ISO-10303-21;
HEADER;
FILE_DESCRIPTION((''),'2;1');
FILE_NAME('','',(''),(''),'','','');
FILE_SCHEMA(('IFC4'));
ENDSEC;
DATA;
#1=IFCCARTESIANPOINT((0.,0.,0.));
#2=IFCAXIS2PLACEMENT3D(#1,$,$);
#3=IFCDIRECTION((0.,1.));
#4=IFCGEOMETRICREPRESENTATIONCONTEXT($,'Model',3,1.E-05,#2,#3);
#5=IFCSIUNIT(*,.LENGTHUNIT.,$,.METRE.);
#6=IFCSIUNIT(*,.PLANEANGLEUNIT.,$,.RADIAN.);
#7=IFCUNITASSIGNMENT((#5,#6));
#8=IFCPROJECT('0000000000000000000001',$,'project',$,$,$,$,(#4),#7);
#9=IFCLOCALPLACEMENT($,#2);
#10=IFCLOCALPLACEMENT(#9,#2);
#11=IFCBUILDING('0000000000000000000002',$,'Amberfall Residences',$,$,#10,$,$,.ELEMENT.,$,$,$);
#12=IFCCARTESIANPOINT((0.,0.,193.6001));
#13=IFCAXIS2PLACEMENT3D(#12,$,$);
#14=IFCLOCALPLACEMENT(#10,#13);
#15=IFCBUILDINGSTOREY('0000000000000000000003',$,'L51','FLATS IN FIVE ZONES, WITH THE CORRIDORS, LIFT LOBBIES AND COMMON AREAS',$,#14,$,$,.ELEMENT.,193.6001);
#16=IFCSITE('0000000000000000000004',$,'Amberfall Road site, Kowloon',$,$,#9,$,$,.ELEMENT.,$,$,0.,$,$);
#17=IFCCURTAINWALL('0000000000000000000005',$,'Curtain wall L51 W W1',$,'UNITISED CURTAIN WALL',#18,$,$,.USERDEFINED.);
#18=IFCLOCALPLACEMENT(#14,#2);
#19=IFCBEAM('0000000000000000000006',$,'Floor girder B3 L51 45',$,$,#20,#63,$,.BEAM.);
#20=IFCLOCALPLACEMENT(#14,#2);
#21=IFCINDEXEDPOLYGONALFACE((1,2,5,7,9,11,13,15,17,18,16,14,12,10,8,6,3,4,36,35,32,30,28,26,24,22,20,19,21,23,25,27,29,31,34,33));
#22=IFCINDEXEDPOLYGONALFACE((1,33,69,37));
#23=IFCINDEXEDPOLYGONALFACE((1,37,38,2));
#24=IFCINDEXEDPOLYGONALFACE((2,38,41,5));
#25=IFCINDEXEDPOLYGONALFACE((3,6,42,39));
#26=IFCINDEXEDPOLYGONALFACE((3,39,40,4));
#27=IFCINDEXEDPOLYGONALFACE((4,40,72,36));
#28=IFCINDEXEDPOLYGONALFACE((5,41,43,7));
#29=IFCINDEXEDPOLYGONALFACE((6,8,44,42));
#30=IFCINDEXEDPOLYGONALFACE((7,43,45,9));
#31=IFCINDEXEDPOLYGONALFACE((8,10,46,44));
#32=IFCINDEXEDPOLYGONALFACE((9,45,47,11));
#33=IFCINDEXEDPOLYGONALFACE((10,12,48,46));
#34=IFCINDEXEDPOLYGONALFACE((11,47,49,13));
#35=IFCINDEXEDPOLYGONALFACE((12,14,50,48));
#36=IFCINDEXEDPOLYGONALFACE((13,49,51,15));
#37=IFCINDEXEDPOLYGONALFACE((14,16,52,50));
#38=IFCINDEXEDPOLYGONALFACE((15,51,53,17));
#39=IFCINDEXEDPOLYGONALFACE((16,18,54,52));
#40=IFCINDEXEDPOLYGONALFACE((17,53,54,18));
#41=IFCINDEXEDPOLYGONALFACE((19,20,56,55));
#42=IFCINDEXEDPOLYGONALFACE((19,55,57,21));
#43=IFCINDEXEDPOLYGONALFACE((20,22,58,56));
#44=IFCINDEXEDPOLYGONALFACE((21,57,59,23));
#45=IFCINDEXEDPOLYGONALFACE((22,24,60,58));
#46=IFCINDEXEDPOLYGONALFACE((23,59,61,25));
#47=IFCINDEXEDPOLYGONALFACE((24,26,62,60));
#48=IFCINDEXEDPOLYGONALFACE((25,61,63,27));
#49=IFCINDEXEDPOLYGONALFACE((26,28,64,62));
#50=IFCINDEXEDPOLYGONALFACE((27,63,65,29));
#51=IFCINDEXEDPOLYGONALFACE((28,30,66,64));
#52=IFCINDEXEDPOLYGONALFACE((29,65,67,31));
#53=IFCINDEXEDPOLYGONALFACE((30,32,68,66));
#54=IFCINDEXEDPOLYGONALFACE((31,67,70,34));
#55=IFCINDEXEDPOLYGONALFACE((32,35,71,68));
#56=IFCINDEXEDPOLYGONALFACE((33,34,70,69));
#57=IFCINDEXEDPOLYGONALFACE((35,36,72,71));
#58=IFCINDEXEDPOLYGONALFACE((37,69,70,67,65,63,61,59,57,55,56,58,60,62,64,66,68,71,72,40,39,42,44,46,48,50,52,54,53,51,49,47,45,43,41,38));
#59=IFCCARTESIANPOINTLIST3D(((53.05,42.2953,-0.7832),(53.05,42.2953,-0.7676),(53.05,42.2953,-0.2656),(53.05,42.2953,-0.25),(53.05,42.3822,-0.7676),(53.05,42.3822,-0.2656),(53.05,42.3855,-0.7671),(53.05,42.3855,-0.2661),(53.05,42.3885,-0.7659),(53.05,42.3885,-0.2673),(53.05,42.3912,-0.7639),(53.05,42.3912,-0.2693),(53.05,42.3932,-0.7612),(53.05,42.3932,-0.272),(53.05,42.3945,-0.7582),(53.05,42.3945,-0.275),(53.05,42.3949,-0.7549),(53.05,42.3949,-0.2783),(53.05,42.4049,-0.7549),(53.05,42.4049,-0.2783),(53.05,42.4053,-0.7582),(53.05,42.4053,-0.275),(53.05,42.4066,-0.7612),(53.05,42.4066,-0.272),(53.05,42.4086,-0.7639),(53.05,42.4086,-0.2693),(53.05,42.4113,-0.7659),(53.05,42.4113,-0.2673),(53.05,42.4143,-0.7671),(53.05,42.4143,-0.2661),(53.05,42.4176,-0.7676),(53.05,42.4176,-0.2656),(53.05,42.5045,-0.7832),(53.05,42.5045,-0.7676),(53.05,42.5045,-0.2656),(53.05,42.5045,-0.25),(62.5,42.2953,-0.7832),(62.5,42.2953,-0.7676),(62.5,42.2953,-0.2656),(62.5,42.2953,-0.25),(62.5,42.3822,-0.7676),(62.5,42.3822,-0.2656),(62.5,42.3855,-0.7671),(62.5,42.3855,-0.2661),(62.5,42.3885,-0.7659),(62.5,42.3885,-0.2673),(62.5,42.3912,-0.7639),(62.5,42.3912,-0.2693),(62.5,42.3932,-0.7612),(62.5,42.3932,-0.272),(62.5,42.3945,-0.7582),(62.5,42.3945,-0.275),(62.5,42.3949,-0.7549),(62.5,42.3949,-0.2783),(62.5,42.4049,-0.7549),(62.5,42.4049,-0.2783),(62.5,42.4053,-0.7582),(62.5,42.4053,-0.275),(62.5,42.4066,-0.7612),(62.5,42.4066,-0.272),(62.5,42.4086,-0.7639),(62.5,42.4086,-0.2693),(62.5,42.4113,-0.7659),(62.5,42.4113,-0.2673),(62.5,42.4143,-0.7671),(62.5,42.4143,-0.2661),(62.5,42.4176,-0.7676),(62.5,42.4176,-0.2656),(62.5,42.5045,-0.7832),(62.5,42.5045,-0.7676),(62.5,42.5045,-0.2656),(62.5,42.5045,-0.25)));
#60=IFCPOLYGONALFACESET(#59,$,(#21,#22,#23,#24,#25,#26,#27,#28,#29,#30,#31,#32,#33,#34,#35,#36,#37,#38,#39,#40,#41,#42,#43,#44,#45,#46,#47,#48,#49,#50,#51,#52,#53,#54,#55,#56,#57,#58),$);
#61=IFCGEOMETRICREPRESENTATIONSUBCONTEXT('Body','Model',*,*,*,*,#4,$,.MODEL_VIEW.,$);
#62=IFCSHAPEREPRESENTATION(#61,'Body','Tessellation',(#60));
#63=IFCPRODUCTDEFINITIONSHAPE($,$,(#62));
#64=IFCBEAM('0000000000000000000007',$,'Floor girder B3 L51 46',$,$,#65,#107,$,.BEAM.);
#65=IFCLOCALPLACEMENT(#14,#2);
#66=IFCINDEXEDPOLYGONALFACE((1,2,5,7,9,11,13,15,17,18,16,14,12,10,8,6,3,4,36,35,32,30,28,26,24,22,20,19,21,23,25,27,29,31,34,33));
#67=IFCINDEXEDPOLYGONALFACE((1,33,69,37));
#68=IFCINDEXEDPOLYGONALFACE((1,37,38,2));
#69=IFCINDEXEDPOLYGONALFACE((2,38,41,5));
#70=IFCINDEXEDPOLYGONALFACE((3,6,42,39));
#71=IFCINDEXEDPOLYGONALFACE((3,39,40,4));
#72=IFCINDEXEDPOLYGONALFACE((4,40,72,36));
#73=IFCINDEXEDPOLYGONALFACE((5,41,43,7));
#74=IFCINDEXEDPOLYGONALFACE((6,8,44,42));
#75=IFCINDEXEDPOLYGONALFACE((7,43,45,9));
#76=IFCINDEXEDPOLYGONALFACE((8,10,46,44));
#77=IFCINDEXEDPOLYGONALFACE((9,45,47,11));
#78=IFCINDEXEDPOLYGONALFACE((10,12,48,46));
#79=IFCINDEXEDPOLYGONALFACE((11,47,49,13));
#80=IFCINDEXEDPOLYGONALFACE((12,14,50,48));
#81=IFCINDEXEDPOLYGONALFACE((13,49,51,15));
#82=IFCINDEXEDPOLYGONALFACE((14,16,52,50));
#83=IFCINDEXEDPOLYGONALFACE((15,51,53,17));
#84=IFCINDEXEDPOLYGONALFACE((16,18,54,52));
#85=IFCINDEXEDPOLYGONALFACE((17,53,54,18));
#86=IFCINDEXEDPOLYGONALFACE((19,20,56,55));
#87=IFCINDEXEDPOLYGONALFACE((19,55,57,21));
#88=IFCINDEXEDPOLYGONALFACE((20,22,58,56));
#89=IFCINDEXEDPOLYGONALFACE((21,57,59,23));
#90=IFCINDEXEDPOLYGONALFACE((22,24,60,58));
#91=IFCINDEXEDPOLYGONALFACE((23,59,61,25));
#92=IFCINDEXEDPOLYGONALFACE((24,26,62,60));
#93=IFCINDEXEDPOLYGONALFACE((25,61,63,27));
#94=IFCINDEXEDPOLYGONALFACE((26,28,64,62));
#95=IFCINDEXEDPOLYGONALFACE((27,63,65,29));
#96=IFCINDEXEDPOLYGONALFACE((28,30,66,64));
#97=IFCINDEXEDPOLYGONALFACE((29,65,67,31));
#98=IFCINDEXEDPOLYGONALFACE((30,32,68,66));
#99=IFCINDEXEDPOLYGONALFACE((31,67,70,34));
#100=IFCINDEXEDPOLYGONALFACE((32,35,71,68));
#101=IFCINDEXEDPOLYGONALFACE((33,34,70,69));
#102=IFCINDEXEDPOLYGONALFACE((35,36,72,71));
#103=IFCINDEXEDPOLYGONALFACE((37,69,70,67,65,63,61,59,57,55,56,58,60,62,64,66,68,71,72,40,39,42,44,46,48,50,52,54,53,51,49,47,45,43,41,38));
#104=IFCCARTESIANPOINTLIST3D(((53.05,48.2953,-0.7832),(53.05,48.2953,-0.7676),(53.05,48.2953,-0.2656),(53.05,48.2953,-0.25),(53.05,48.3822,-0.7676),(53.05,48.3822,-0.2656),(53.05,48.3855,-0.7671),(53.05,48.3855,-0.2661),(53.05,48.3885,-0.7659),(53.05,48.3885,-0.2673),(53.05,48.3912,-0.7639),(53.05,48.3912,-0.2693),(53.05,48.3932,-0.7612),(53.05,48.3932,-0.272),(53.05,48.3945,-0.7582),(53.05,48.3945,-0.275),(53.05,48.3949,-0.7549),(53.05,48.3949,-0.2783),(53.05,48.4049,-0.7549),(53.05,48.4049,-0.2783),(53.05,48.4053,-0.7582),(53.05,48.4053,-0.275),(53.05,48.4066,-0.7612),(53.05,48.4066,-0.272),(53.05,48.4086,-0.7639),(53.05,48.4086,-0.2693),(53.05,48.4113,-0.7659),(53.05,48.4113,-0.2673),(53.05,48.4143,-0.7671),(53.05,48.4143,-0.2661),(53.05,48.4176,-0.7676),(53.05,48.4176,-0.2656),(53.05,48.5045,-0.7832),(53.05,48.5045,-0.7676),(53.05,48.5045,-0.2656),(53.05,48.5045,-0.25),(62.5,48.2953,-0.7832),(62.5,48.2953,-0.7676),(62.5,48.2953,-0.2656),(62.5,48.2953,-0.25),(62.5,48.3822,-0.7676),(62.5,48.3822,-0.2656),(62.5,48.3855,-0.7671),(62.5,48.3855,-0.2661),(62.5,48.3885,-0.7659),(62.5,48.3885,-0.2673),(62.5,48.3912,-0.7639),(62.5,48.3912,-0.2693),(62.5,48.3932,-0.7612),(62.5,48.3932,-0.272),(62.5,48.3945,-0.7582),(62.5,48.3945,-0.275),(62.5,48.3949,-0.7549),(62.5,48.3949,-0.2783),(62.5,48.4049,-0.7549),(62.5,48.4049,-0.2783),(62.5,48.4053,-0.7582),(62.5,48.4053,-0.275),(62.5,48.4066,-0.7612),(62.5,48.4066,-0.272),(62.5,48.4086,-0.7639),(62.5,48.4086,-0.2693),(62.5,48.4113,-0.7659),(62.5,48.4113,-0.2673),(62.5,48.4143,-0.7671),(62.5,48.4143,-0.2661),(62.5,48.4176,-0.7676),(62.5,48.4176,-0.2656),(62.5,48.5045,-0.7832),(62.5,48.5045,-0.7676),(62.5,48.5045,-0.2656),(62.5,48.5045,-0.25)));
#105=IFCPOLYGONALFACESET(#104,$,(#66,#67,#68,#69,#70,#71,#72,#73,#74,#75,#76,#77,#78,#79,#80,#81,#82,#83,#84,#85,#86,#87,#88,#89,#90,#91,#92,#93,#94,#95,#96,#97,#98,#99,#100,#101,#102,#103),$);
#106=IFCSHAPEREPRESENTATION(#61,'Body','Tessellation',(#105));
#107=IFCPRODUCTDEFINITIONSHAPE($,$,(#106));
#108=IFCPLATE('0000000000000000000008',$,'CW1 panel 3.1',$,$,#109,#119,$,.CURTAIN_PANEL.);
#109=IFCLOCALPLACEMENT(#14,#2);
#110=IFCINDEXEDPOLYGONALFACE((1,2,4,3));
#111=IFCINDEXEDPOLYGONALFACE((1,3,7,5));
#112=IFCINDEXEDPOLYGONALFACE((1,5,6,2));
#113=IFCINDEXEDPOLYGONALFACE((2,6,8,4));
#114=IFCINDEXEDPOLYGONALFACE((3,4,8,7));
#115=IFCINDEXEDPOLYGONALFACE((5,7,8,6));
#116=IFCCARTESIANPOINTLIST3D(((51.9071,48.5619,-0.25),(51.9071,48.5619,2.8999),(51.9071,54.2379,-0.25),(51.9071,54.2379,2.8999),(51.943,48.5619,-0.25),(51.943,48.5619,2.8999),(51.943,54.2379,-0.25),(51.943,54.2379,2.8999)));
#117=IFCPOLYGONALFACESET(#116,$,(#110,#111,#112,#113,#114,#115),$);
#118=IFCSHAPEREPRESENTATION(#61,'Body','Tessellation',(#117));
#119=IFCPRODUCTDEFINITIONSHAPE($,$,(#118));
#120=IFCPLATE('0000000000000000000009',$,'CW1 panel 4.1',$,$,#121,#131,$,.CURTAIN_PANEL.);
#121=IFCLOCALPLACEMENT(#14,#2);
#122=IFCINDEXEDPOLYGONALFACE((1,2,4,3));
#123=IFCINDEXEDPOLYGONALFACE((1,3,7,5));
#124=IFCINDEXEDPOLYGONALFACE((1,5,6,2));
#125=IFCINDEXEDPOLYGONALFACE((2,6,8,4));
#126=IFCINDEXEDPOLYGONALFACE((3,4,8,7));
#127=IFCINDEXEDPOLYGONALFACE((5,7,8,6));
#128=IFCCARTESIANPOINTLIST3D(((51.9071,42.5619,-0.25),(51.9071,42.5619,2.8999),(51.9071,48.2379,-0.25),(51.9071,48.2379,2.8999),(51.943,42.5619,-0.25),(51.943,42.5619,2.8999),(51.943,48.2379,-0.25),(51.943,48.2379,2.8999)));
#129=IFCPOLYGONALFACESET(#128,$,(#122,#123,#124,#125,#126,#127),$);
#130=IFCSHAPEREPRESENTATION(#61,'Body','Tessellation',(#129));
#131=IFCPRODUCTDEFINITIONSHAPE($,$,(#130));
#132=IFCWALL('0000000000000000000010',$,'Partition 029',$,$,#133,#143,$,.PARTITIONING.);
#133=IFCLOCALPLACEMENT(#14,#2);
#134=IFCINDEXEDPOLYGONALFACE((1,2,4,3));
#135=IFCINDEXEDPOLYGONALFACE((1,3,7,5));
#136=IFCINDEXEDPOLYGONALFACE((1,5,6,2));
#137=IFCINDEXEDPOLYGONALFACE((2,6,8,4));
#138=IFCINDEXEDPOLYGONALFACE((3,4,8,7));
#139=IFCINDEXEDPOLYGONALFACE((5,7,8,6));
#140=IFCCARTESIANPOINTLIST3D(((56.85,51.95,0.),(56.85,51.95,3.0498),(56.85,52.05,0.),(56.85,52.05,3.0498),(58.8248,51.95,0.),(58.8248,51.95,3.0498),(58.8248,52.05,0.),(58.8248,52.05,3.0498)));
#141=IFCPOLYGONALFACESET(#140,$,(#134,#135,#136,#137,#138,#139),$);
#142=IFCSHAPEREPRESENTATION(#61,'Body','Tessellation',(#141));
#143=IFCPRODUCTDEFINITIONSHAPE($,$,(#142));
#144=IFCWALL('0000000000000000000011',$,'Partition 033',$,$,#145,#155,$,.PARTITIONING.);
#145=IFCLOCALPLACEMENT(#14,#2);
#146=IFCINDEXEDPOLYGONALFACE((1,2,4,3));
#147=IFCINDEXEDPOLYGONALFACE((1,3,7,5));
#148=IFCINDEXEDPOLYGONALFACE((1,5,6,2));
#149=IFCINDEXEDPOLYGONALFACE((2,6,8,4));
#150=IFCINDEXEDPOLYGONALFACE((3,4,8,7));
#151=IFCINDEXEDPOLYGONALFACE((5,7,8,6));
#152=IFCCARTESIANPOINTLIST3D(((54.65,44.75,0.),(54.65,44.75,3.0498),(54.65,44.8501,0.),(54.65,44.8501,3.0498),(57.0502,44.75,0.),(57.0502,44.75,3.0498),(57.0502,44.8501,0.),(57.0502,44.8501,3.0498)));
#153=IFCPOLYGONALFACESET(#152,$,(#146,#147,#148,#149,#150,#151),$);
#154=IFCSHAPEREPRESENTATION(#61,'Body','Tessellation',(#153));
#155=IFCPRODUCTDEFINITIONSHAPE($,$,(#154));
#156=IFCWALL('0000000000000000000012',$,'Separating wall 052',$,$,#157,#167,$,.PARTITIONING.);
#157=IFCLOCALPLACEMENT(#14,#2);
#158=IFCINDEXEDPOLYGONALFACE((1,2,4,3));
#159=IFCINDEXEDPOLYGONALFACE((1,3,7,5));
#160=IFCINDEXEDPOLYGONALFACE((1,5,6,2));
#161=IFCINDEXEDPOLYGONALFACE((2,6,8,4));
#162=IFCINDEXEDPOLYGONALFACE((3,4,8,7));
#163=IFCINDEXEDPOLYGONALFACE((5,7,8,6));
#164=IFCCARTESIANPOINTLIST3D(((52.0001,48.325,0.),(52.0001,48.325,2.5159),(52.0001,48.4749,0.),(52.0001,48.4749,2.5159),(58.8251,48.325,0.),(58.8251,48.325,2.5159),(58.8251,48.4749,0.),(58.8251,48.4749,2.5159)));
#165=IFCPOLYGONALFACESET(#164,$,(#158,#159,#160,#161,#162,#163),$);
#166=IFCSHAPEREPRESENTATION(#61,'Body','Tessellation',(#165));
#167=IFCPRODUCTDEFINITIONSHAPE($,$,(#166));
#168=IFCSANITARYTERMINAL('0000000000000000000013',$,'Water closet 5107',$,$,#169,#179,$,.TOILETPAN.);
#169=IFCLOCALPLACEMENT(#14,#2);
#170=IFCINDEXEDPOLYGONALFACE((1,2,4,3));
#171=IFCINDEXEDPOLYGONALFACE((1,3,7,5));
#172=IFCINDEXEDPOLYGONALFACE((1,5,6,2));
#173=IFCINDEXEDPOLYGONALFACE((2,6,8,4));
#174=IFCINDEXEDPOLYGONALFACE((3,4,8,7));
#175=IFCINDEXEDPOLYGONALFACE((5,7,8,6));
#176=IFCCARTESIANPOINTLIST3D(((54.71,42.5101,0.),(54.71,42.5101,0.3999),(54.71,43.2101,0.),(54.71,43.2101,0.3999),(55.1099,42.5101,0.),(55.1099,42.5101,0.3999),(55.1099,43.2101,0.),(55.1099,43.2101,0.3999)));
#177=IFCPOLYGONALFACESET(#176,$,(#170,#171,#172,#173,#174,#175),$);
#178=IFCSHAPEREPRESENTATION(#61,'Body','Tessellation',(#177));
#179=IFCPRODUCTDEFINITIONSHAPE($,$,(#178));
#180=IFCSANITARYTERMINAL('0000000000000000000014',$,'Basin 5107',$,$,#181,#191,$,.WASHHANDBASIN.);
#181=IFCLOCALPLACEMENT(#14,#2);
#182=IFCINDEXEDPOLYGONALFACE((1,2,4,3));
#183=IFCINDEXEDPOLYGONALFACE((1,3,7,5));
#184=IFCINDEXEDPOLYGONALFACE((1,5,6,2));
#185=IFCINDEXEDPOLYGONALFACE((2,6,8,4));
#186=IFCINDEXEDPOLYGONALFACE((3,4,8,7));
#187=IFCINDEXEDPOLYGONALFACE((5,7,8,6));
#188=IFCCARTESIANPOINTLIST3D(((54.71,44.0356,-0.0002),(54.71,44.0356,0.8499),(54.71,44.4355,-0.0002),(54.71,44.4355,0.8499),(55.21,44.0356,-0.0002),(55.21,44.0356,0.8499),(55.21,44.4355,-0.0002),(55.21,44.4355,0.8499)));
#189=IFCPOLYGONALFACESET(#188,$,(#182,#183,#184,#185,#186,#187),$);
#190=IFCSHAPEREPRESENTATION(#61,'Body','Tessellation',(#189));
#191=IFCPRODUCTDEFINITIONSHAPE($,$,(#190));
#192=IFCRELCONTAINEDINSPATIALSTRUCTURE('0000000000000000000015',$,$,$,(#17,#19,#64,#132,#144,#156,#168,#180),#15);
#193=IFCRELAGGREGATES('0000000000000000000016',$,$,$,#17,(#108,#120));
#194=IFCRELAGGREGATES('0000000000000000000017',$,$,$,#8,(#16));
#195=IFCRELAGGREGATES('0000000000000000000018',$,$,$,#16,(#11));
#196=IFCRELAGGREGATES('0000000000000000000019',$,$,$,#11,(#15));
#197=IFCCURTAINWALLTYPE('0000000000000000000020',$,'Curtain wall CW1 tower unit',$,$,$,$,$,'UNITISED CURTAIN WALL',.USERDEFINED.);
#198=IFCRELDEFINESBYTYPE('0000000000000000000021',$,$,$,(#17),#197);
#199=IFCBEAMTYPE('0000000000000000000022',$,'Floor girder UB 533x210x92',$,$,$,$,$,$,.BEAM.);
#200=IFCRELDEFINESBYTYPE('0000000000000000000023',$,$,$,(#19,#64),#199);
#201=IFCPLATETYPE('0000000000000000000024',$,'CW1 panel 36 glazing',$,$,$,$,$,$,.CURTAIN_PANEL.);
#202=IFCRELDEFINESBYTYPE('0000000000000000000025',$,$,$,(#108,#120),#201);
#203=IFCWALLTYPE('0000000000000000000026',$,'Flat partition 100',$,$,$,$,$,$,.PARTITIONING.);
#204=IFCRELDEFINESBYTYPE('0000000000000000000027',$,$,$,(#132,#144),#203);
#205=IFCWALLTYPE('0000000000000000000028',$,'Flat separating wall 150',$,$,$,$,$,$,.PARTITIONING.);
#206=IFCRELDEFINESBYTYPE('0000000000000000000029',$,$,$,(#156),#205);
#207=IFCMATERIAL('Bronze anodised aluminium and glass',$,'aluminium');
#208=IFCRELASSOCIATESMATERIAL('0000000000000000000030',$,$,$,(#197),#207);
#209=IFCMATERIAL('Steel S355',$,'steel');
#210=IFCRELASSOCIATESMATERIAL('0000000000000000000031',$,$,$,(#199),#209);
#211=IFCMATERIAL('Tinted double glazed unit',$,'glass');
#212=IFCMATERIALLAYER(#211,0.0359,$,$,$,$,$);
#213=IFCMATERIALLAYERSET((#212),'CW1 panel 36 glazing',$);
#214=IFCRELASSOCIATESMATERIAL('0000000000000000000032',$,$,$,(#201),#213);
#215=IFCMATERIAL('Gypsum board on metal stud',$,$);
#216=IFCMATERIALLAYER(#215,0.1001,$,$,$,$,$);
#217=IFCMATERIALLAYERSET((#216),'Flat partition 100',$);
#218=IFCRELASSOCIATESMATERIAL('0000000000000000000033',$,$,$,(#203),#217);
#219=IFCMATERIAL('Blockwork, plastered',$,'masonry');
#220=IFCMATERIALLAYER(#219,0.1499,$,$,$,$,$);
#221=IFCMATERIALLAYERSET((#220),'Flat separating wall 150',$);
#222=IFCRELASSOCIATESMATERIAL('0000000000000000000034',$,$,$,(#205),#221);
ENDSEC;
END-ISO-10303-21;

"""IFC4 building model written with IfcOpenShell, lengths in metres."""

from ifc_helpers import new_model, si_unit, direction, frame, frame_2d, origin, origin_2d, place, context, subcontext, project, spatial, rectangle, i_section, extrude, material, layer, layer_set, material_profile, profile_set, type_object, element, aggregate, save


model = new_model("IFC4")

# Units and contexts
model_context = context("Model", 3, precision=1e-05, world=origin(), true_north=direction((0.0, 1.0)))
body_context = subcontext(model_context, "Body", "Model", "MODEL_VIEW")
ifc_project = project(units=[si_unit("LENGTHUNIT", "METRE"), si_unit("PLANEANGLEUNIT", "RADIAN")], contexts=[model_context])

# Site, building, storey
site_placement = place(None, origin())
site = spatial("IfcSite", under=ifc_project, at=site_placement, Name="Amberfall Road site, Kowloon", CompositionType="ELEMENT", RefElevation=0.0)
building_placement = place(site_placement, origin())
building = spatial("IfcBuilding", under=site, at=building_placement, Name="Amberfall Residences", CompositionType="ELEMENT")
storey_placement = place(building_placement, frame((0.0, 0.0, 193.6001)))
storey = spatial("IfcBuildingStorey", under=building, at=storey_placement, Name="L51", Description="FLATS IN FIVE ZONES, WITH THE CORRIDORS, LIFT LOBBIES AND COMMON AREAS", CompositionType="ELEMENT", Elevation=193.6001)

# Curtain wall
ifc_material_1 = material(Name="Bronze anodised aluminium and glass", Category="aluminium")
curtain_wall_type = type_object("IfcCurtainWallType", Name="Curtain wall CW1 tower unit", ElementType="UNITISED CURTAIN WALL", PredefinedType="USERDEFINED", material=ifc_material_1)
curtain_wall_placement = place(storey_placement, origin())
curtain_wall = element("IfcCurtainWall", 1, at=curtain_wall_placement, inside=storey, type_object=curtain_wall_type, Name="Curtain wall L51 W W1", ObjectType="UNITISED CURTAIN WALL", PredefinedType="USERDEFINED")

# Shared definitions
ifc_material_2 = material(Name="Steel S355", Category="steel")

# Beams
ifc_material_profile_1 = material_profile(ifc_material_2, i_section(OverallWidth=0.2092, OverallDepth=0.5332, WebThickness=0.01, FlangeThickness=0.0156, FilletRadius=0.0127, at=origin_2d()), Name="UB 533x210x92")
ifc_profile_set_1 = profile_set([ifc_material_profile_1], Name="Steel S355")
beam_type_1 = type_object("IfcBeamType", Name="Floor girder UB 533x210x92", PredefinedType="BEAM", material=ifc_profile_set_1)
for number, where, z_axis, x_axis, name in (
    (2, (53.05, 42.3999, -0.5166), (1.0, 0.0, 0.0), (0.0, 1.0, 0.0), "Floor girder B3 L51 45"),
    (3, (53.05, 48.3999, -0.5166), (1.0, 0.0, 0.0), (0.0, 1.0, 0.0), "Floor girder B3 L51 46"),
):
    element("IfcBeam", number, at=place(storey_placement, frame(where, z_axis=z_axis, x_axis=x_axis)), inside=storey, type_object=beam_type_1, Name=name, PredefinedType="BEAM", context=body_context, shape_type="SweptSolid", body=[
        extrude(i_section(OverallWidth=0.2092, OverallDepth=0.5332, WebThickness=0.01, FlangeThickness=0.0156, FilletRadius=0.0127, at=origin_2d()), origin(), (0.0, 0.0, 1.0), 9.45),
    ])

# Plates
ifc_material_3 = material(Name="Tinted double glazed unit", Category="glass")
ifc_layer_1 = layer(ifc_material_3, 0.0359)
ifc_layer_set_1 = layer_set([ifc_layer_1], Name="CW1 panel 36 glazing")
plate_type = type_object("IfcPlateType", Name="CW1 panel 36 glazing", PredefinedType="CURTAIN_PANEL", material=ifc_layer_set_1)
plate_1_placement = place(storey_placement, frame((51.925, 51.3999, -0.25), z_axis=(0.0, 0.0, 1.0), x_axis=(0.0, -1.0, 0.0)))
plate_1 = element("IfcPlate", 4, at=plate_1_placement, type_object=plate_type, Name="CW1 panel 3.1", PredefinedType="CURTAIN_PANEL", context=body_context, shape_type="SweptSolid", body=[
    extrude(rectangle(XDim=5.676, YDim=0.0359, at=origin_2d()), origin(), (0.0, 0.0, 1.0), 3.1499),
])
plate_2_placement = place(storey_placement, frame((51.925, 45.3999, -0.25), z_axis=(0.0, 0.0, 1.0), x_axis=(0.0, -1.0, 0.0)))
plate_2 = element("IfcPlate", 5, at=plate_2_placement, type_object=plate_type, Name="CW1 panel 4.1", PredefinedType="CURTAIN_PANEL", context=body_context, shape_type="SweptSolid", body=[
    extrude(rectangle(XDim=5.676, YDim=0.0359, at=origin_2d()), origin(), (0.0, 0.0, 1.0), 3.1499),
])
aggregate(curtain_wall, [plate_1, plate_2])

# Walls
ifc_material_4 = material(Name="Gypsum board on metal stud")
ifc_layer_2 = layer(ifc_material_4, 0.1001)
ifc_layer_set_2 = layer_set([ifc_layer_2], Name="Flat partition 100")
wall_type_1 = type_object("IfcWallType", Name="Flat partition 100", PredefinedType="PARTITIONING", material=ifc_layer_set_2)
wall_1_placement = place(storey_placement, frame((56.8501, 52.0, 0.0), z_axis=(0.0, 0.0, 1.0), x_axis=(1.0, 0.0, 0.0)))
element("IfcWall", 6, at=wall_1_placement, inside=storey, type_object=wall_type_1, Name="Partition 029", PredefinedType="PARTITIONING", context=body_context, shape_type="SweptSolid", body=[
    extrude(rectangle(XDim=1.9749, YDim=0.1001, at=frame_2d((0.9873, 0.0))), origin(), (0.0, 0.0, 1.0), 3.0498),
])
wall_2_placement = place(storey_placement, frame((54.6499, 44.8, 0.0), z_axis=(0.0, 0.0, 1.0), x_axis=(1.0, 0.0, 0.0)))
element("IfcWall", 7, at=wall_2_placement, inside=storey, type_object=wall_type_1, Name="Partition 033", PredefinedType="PARTITIONING", context=body_context, shape_type="SweptSolid", body=[
    extrude(rectangle(XDim=2.4001, YDim=0.1001, at=frame_2d((1.2002, 0.0))), origin(), (0.0, 0.0, 1.0), 3.0498),
])
ifc_material_5 = material(Name="Blockwork, plastered", Category="masonry")
ifc_layer_3 = layer(ifc_material_5, 0.1499)
ifc_layer_set_3 = layer_set([ifc_layer_3], Name="Flat separating wall 150")
wall_type_2 = type_object("IfcWallType", Name="Flat separating wall 150", PredefinedType="PARTITIONING", material=ifc_layer_set_3)
wall_3_placement = place(storey_placement, frame((52.0, 48.3999, 0.0), z_axis=(0.0, 0.0, 1.0), x_axis=(1.0, 0.0, 0.0)))
element("IfcWall", 8, at=wall_3_placement, inside=storey, type_object=wall_type_2, Name="Separating wall 052", PredefinedType="PARTITIONING", context=body_context, shape_type="SweptSolid", body=[
    extrude(rectangle(XDim=6.825, YDim=0.1499, at=frame_2d((3.4126, 0.0))), origin(), (0.0, 0.0, 1.0), 2.5159),
])

# Sanitary terminals
sanitary_terminal_1_placement = place(storey_placement, frame((54.9099, 42.8601, 0.0), z_axis=(0.0, 0.0, 1.0), x_axis=(1.0, 0.0, 0.0)))
element("IfcSanitaryTerminal", 9, at=sanitary_terminal_1_placement, inside=storey, Name="Water closet 5107", PredefinedType="TOILETPAN", context=body_context, shape_type="SweptSolid", body=[
    extrude(rectangle(XDim=0.3999, YDim=0.7, at=origin_2d()), origin(), (0.0, 0.0, 1.0), 0.3999),
])
sanitary_terminal_2_placement = place(storey_placement, frame((54.96, 44.2356, -0.0002), z_axis=(0.0, 0.0, 1.0), x_axis=(1.0, 0.0, 0.0)))
element("IfcSanitaryTerminal", 10, at=sanitary_terminal_2_placement, inside=storey, Name="Basin 5107", PredefinedType="WASHHANDBASIN", context=body_context, shape_type="SweptSolid", body=[
    extrude(rectangle(XDim=0.5, YDim=0.3999, at=origin_2d()), origin(), (0.0, 0.0, 1.0), 0.8501),
])

save(model, "model.ifc")
